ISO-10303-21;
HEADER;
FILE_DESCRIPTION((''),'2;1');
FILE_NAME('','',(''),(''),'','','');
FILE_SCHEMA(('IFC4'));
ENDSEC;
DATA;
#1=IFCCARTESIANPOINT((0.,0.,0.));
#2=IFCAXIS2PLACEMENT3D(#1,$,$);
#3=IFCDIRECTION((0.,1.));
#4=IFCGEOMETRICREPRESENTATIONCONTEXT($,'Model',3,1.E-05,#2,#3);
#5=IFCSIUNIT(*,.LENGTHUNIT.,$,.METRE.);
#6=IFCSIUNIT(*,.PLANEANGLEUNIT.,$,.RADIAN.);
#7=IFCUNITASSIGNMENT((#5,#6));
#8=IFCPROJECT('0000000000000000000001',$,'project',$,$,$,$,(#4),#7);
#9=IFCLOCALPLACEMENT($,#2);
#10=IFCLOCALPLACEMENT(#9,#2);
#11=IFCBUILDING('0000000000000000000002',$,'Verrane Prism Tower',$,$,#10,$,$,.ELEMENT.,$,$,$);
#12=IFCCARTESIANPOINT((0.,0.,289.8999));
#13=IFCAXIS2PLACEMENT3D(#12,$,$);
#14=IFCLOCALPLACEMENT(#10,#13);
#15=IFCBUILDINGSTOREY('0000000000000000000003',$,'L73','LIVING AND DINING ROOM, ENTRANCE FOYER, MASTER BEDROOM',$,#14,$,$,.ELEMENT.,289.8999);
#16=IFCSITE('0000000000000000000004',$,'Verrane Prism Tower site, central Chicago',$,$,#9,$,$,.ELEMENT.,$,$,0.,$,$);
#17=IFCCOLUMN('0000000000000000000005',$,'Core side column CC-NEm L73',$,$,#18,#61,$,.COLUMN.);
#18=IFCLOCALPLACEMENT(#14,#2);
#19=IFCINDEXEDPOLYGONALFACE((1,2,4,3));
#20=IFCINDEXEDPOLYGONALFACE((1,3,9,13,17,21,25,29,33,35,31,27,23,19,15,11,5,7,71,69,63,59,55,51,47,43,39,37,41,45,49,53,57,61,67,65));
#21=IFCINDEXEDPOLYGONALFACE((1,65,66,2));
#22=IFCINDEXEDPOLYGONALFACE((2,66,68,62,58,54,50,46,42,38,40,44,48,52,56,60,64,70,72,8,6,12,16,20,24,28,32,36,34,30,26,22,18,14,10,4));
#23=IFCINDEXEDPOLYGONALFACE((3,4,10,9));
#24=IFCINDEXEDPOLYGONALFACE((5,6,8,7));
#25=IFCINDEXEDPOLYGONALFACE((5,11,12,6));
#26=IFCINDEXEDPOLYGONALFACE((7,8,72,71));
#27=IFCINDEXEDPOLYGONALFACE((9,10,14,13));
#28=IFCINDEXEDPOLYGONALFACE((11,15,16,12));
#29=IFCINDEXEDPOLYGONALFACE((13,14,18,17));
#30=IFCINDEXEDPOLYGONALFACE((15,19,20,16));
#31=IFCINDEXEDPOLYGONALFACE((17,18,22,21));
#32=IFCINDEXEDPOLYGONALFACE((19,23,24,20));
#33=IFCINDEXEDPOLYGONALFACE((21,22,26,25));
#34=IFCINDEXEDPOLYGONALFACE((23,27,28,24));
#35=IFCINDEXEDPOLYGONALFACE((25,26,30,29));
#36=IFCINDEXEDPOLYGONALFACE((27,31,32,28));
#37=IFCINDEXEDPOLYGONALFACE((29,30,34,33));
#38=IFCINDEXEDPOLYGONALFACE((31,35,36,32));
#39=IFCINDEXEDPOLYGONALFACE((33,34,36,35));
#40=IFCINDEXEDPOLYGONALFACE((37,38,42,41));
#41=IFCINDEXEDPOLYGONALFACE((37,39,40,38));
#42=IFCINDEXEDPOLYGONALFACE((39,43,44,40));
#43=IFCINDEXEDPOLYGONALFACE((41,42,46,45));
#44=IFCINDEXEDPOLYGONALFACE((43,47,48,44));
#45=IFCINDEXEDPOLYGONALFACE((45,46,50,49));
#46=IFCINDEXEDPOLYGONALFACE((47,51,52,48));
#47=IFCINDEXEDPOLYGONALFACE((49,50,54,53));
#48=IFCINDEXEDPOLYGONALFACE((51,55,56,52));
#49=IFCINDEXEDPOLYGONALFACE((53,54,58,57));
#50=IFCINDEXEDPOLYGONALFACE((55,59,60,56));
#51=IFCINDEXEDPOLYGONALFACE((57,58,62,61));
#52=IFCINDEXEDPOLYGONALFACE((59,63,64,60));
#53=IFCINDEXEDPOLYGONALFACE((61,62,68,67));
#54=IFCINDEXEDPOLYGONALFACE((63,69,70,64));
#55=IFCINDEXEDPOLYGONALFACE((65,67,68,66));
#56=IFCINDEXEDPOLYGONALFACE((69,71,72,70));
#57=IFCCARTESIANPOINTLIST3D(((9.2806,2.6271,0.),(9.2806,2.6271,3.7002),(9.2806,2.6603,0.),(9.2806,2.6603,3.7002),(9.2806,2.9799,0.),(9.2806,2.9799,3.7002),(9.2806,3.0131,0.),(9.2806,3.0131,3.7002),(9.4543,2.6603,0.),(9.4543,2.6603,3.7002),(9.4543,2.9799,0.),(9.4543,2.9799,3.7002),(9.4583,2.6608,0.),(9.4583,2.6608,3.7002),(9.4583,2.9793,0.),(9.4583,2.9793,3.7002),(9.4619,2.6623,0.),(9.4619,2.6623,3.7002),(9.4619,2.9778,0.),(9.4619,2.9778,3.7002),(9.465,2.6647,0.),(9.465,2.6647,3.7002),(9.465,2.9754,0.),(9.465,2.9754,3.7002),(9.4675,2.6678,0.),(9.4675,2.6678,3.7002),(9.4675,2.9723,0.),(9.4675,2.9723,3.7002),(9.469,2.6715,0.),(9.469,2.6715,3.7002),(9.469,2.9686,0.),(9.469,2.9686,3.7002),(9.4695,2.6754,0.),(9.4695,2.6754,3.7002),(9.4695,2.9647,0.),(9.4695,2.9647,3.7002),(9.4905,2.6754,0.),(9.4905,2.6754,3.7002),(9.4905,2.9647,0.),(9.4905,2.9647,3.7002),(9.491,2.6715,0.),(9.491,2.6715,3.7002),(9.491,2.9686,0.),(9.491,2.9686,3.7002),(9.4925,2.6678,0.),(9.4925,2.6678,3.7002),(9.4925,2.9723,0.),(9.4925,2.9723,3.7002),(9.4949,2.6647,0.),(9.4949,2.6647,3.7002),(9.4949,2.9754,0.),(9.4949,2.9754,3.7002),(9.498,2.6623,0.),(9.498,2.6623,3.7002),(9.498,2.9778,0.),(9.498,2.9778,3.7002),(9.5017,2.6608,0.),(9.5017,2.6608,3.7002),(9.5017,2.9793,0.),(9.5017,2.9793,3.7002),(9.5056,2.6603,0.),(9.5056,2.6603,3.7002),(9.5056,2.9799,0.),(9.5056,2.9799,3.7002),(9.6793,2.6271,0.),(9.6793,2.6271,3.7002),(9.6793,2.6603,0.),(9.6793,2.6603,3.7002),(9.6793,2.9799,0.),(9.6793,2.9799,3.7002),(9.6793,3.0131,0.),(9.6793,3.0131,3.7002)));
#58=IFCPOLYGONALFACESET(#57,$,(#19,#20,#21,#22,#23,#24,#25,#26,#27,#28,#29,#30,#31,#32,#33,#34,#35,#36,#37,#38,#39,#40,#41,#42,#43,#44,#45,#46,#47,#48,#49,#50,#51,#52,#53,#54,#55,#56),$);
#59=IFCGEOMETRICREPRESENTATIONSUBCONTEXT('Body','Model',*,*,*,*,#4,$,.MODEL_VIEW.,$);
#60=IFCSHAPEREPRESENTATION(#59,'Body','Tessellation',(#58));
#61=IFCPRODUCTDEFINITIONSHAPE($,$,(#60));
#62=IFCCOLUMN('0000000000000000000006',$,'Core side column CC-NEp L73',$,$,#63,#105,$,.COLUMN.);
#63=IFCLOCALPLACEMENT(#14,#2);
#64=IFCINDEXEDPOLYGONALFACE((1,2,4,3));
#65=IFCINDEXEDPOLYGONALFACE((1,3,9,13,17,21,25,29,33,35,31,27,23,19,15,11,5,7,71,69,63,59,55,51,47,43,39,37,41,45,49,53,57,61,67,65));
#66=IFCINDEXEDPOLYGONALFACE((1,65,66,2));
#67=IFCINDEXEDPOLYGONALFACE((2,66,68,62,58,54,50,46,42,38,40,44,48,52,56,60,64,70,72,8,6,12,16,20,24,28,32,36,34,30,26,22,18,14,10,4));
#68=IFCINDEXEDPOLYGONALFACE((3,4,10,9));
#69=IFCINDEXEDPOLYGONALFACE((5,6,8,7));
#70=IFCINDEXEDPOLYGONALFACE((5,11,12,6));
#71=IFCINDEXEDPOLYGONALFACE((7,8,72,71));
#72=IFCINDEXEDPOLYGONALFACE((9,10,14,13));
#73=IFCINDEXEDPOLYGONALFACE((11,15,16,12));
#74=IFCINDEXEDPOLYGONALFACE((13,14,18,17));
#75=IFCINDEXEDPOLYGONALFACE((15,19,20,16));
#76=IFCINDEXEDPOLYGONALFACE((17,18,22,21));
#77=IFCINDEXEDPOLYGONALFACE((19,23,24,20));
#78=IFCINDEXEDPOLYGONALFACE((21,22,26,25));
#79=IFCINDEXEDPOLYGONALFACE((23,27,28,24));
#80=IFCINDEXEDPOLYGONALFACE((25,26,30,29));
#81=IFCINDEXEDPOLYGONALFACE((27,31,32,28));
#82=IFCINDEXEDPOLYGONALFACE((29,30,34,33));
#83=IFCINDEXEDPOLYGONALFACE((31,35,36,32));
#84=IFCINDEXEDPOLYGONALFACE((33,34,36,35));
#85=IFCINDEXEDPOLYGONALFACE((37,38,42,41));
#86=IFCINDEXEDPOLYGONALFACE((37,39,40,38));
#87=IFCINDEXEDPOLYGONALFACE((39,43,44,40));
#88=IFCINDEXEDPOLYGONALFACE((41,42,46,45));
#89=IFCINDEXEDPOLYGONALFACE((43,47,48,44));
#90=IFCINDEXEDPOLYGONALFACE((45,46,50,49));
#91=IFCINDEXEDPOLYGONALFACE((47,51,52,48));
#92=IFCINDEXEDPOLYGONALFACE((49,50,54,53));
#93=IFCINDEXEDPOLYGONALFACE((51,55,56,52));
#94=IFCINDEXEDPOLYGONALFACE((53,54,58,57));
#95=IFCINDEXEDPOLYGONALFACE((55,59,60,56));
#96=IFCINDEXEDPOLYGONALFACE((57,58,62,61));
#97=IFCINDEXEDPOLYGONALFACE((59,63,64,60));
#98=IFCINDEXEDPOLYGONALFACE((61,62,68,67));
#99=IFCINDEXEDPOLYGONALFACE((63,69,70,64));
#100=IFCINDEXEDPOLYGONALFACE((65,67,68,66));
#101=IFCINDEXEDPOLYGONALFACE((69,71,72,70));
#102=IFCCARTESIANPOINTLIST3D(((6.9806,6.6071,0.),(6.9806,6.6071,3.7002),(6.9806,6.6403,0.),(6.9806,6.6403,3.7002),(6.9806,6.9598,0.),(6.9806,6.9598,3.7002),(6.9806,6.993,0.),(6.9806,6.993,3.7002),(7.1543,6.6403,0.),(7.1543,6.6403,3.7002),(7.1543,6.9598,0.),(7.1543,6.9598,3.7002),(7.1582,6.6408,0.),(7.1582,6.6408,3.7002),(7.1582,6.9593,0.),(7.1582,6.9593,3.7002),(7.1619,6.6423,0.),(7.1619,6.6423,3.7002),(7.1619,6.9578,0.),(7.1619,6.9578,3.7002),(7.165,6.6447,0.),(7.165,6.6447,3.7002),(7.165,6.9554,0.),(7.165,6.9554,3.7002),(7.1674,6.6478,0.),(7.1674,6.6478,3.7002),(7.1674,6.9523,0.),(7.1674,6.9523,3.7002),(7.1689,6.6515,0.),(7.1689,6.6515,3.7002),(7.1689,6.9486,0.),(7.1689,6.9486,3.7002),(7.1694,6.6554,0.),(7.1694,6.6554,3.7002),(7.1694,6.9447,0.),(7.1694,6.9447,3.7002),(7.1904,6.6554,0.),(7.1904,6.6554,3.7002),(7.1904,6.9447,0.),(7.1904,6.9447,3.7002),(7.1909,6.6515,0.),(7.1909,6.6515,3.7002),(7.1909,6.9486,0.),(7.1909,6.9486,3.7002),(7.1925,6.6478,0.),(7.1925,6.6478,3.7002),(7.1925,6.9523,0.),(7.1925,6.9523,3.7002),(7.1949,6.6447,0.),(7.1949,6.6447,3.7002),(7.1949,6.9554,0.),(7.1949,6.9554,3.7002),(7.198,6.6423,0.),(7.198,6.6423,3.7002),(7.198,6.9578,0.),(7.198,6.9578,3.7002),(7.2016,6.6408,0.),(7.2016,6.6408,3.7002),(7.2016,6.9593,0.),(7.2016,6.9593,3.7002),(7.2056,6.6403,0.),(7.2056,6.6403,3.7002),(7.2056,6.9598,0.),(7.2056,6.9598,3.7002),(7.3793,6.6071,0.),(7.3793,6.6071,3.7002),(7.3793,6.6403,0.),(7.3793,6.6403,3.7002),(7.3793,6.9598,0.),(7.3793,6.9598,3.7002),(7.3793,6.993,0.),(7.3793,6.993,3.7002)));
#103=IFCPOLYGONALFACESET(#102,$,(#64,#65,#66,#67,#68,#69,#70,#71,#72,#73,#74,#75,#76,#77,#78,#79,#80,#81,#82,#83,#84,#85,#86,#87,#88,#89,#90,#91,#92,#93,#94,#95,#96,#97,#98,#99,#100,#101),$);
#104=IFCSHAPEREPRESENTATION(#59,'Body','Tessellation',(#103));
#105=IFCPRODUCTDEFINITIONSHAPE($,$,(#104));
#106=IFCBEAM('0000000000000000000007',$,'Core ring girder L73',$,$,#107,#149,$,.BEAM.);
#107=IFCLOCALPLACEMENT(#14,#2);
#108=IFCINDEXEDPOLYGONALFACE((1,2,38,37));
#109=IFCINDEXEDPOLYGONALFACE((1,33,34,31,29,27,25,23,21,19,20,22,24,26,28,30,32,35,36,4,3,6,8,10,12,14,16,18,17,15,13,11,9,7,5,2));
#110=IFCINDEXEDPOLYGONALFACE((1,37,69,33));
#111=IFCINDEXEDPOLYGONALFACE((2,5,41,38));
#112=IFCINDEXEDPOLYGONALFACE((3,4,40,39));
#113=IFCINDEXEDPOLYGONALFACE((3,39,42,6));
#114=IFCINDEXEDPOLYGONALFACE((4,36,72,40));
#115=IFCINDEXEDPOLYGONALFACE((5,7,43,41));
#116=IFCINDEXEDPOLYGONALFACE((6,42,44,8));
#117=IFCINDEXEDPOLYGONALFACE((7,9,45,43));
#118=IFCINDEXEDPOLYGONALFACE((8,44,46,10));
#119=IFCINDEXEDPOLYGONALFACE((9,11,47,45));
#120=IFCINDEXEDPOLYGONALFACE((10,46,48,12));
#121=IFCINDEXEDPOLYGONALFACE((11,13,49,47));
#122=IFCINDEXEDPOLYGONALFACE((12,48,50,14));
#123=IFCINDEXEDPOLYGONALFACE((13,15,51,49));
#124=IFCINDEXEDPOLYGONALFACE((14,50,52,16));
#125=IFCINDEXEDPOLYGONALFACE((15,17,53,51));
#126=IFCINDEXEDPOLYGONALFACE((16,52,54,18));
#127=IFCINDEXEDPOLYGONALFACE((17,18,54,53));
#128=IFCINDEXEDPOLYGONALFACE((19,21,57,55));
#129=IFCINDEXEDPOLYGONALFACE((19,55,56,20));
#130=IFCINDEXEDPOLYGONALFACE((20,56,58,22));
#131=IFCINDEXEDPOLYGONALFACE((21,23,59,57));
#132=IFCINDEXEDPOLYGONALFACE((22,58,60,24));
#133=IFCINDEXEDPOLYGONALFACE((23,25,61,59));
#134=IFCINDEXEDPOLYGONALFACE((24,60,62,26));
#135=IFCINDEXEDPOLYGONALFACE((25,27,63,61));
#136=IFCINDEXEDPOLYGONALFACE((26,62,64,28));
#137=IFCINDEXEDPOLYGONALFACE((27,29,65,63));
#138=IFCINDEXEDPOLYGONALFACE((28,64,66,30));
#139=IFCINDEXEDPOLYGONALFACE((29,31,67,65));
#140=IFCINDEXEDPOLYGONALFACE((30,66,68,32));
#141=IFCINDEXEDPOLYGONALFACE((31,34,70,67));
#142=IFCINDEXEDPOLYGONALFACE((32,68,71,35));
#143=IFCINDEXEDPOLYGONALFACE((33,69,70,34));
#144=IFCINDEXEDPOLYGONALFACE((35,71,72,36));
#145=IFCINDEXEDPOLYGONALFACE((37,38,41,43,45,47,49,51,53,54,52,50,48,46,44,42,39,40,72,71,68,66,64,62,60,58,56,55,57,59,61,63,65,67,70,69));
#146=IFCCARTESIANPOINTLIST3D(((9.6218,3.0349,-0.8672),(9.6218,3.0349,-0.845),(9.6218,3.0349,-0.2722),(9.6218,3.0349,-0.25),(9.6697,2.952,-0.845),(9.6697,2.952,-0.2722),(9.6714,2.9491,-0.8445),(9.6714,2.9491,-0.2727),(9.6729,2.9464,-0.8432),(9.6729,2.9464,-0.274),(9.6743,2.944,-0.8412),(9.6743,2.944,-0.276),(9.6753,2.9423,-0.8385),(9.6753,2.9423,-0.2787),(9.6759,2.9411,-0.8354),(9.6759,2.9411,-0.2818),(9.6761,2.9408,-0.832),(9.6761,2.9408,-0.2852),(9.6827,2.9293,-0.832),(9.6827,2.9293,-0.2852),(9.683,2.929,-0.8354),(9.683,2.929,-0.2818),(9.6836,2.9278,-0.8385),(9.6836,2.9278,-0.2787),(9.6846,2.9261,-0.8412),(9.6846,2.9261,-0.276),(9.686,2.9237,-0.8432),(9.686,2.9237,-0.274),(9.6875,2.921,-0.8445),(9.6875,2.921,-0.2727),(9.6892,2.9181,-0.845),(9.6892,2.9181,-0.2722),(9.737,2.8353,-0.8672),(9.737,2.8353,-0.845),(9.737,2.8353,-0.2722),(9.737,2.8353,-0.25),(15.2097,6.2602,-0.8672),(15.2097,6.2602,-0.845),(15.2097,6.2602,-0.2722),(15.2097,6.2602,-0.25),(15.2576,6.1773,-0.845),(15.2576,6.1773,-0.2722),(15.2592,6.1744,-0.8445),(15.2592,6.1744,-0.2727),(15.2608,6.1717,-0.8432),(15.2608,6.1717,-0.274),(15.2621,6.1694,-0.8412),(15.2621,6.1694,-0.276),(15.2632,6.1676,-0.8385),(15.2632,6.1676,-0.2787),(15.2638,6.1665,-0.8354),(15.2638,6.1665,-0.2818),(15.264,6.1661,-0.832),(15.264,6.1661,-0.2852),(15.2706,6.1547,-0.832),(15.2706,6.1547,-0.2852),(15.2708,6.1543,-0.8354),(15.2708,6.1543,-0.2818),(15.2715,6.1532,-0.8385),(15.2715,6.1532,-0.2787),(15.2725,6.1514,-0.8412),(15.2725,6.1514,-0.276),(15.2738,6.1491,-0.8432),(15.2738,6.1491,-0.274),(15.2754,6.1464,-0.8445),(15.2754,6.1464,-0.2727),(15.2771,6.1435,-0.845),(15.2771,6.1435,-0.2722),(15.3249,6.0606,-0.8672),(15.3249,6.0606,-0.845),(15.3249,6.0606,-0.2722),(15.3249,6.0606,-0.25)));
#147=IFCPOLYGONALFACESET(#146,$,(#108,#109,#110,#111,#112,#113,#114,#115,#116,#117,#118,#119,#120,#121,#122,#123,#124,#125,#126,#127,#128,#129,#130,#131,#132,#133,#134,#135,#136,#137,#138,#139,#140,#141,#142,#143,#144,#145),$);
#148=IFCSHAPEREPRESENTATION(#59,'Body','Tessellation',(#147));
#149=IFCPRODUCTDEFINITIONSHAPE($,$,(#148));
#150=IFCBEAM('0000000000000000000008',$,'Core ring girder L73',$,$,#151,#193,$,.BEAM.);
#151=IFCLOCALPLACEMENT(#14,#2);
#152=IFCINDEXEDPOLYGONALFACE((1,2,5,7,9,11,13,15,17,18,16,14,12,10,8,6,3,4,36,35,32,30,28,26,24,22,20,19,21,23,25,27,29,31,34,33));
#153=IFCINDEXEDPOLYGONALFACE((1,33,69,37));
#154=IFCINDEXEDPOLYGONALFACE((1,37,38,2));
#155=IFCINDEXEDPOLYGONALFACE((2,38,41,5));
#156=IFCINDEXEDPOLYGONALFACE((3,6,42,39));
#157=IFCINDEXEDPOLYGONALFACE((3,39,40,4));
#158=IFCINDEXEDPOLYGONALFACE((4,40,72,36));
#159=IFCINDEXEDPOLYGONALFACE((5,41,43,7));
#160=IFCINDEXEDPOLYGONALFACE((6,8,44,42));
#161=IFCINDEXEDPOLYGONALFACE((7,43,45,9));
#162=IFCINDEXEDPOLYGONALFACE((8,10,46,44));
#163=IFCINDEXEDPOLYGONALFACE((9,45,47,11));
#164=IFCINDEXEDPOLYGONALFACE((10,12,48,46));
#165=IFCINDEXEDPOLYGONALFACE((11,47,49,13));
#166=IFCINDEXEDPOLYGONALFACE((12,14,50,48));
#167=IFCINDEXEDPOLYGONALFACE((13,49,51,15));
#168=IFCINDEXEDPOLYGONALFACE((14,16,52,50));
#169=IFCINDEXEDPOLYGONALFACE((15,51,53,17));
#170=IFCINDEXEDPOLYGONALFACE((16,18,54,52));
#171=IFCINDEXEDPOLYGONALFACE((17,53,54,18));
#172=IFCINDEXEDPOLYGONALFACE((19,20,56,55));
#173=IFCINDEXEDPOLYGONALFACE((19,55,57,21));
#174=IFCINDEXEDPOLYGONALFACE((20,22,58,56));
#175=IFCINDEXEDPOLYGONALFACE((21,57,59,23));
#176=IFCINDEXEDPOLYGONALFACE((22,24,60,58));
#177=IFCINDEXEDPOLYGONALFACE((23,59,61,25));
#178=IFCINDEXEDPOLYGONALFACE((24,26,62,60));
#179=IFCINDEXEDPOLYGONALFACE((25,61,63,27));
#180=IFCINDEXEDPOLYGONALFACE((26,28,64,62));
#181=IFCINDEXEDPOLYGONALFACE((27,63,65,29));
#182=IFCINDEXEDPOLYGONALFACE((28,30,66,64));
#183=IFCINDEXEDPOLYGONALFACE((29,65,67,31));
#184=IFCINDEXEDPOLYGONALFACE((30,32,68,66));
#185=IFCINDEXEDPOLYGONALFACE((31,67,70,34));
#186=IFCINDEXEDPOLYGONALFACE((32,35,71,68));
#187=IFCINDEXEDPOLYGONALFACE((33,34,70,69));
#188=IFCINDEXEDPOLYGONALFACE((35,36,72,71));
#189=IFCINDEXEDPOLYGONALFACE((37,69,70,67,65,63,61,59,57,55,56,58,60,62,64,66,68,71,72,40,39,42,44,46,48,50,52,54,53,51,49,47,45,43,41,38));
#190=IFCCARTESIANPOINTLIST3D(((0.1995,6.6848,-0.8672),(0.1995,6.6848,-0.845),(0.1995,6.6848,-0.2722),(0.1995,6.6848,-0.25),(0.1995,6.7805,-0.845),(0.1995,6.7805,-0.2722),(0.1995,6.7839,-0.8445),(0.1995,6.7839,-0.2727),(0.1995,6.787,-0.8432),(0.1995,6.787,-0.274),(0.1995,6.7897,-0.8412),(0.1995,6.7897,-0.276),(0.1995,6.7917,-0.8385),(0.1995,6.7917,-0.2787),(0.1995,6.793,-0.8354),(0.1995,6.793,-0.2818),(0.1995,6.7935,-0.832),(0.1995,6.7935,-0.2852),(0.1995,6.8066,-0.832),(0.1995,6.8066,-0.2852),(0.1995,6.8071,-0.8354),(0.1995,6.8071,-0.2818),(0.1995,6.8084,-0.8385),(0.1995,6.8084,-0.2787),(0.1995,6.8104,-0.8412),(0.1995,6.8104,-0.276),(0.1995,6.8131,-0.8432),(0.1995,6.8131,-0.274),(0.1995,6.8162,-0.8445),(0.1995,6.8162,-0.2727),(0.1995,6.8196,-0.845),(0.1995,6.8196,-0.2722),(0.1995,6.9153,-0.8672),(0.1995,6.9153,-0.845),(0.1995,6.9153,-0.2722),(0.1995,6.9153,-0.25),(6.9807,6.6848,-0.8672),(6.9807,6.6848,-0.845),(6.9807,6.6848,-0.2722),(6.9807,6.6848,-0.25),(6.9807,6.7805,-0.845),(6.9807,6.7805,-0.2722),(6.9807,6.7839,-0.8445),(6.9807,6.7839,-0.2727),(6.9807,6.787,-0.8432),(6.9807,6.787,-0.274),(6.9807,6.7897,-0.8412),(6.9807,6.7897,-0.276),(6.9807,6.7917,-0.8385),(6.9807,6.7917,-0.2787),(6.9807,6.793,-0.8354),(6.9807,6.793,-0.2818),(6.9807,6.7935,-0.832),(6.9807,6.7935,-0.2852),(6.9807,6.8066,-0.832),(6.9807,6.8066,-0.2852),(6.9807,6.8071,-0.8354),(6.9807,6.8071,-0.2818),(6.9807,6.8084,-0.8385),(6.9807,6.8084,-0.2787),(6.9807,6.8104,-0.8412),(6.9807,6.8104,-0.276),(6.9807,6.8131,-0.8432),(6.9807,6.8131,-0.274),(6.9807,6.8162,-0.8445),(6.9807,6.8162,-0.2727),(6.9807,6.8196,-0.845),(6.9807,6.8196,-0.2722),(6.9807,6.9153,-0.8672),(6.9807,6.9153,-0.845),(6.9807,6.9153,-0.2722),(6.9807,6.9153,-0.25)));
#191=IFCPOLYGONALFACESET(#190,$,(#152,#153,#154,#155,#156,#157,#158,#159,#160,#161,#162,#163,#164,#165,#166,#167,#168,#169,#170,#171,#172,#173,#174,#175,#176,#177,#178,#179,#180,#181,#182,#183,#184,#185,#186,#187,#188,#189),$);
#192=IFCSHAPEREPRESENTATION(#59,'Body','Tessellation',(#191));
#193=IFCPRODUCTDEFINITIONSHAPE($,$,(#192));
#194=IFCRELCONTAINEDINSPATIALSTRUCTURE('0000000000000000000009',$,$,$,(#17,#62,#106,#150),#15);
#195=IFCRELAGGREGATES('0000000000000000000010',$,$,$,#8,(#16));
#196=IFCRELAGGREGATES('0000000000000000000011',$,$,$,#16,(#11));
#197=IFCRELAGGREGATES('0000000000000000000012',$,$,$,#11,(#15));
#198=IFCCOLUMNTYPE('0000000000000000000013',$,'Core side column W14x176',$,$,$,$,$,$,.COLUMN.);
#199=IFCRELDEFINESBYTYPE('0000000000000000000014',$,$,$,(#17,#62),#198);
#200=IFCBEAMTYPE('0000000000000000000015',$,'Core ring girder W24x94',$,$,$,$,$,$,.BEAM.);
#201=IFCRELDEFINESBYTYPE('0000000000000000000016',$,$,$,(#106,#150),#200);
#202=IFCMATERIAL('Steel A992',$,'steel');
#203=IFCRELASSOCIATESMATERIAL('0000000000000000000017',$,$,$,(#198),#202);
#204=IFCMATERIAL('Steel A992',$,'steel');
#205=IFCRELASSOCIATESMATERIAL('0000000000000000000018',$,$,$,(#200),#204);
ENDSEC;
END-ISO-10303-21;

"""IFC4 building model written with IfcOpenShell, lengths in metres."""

from ifc_helpers import new_model, si_unit, direction, frame, origin, origin_2d, place, context, subcontext, project, spatial, i_section, extrude, material, material_profile, profile_set, type_object, element, save


model = new_model("IFC4")

# Units and contexts
model_context = context("Model", 3, precision=1e-05, world=origin(), true_north=direction((0.0, 1.0)))
body_context = subcontext(model_context, "Body", "Model", "MODEL_VIEW")
ifc_project = project(units=[si_unit("LENGTHUNIT", "METRE"), si_unit("PLANEANGLEUNIT", "RADIAN")], contexts=[model_context])

# Site, building, storey
site_placement = place(None, origin())
site = spatial("IfcSite", under=ifc_project, at=site_placement, Name="Verrane Prism Tower site, central Chicago", CompositionType="ELEMENT", RefElevation=0.0)
building_placement = place(site_placement, origin())
building = spatial("IfcBuilding", under=site, at=building_placement, Name="Verrane Prism Tower", CompositionType="ELEMENT")
storey_placement = place(building_placement, frame((0.0, 0.0, 289.8999)))
storey = spatial("IfcBuildingStorey", under=building, at=storey_placement, Name="L73", Description="LIVING AND DINING ROOM, ENTRANCE FOYER, MASTER BEDROOM", CompositionType="ELEMENT", Elevation=289.8999)

# Columns
ifc_material_1 = material(Name="Steel A992", Category="steel")
ifc_material_profile_1 = material_profile(ifc_material_1, i_section(OverallWidth=0.3987, OverallDepth=0.386, WebThickness=0.021, FlangeThickness=0.0332, FilletRadius=0.0151, at=origin_2d()), Name="W14x176")
ifc_profile_set_1 = profile_set([ifc_material_profile_1], Name="Steel A992")
column_type = type_object("IfcColumnType", Name="Core side column W14x176", PredefinedType="COLUMN", material=ifc_profile_set_1)
for number, where, z_axis, x_axis, name in (
    (1, (9.48, 2.8201, 0.0), (0.0, 0.0, 1.0), (1.0, 0.0, 0.0), "Core side column CC-NEm L73"),
    (2, (7.1799, 6.8, 0.0), (0.0, 0.0, 1.0), (1.0, 0.0, 0.0), "Core side column CC-NEp L73"),
):
    element("IfcColumn", number, at=place(storey_placement, frame(where, z_axis=z_axis, x_axis=x_axis)), inside=storey, type_object=column_type, Name=name, PredefinedType="COLUMN", context=body_context, shape_type="SweptSolid", body=[
        extrude(i_section(OverallWidth=0.3987, OverallDepth=0.386, WebThickness=0.021, FlangeThickness=0.0332, FilletRadius=0.0151, at=origin_2d()), origin(), (0.0, 0.0, 1.0), 3.7002),
    ])

# Beams
ifc_material_2 = material(Name="Steel A992", Category="steel")
ifc_material_profile_2 = material_profile(ifc_material_2, i_section(OverallWidth=0.2305, OverallDepth=0.6172, WebThickness=0.0132, FlangeThickness=0.0222, FilletRadius=0.0129, at=origin_2d()), Name="W24x94")
ifc_profile_set_2 = profile_set([ifc_material_profile_2], Name="Steel A992")
beam_type = type_object("IfcBeamType", Name="Core ring girder W24x94", PredefinedType="BEAM", material=ifc_profile_set_2)
beam_1_placement = place(storey_placement, frame((9.6794, 2.9351, -0.5586), z_axis=(0.866081, 0.499904, 0.0), x_axis=(-0.499904, 0.866081, 0.0)))
element("IfcBeam", 3, at=beam_1_placement, inside=storey, type_object=beam_type, Name="Core ring girder L73", PredefinedType="BEAM", context=body_context, shape_type="SweptSolid", body=[
    extrude(i_section(OverallWidth=0.2305, OverallDepth=0.6172, WebThickness=0.0132, FlangeThickness=0.0222, FilletRadius=0.0129, at=origin_2d()), origin(), (0.0, 0.0, 1.0), 6.4519),
])
beam_2_placement = place(storey_placement, frame((6.9807, 6.8, -0.5586), z_axis=(-1.0, 0.0, 0.0), x_axis=(0.0, -1.0, 0.0)))
element("IfcBeam", 4, at=beam_2_placement, inside=storey, type_object=beam_type, Name="Core ring girder L73", PredefinedType="BEAM", context=body_context, shape_type="SweptSolid", body=[
    extrude(i_section(OverallWidth=0.2305, OverallDepth=0.6172, WebThickness=0.0132, FlangeThickness=0.0222, FilletRadius=0.0129, at=origin_2d()), origin(), (0.0, 0.0, 1.0), 6.7812),
])

save(model, "model.ifc")
